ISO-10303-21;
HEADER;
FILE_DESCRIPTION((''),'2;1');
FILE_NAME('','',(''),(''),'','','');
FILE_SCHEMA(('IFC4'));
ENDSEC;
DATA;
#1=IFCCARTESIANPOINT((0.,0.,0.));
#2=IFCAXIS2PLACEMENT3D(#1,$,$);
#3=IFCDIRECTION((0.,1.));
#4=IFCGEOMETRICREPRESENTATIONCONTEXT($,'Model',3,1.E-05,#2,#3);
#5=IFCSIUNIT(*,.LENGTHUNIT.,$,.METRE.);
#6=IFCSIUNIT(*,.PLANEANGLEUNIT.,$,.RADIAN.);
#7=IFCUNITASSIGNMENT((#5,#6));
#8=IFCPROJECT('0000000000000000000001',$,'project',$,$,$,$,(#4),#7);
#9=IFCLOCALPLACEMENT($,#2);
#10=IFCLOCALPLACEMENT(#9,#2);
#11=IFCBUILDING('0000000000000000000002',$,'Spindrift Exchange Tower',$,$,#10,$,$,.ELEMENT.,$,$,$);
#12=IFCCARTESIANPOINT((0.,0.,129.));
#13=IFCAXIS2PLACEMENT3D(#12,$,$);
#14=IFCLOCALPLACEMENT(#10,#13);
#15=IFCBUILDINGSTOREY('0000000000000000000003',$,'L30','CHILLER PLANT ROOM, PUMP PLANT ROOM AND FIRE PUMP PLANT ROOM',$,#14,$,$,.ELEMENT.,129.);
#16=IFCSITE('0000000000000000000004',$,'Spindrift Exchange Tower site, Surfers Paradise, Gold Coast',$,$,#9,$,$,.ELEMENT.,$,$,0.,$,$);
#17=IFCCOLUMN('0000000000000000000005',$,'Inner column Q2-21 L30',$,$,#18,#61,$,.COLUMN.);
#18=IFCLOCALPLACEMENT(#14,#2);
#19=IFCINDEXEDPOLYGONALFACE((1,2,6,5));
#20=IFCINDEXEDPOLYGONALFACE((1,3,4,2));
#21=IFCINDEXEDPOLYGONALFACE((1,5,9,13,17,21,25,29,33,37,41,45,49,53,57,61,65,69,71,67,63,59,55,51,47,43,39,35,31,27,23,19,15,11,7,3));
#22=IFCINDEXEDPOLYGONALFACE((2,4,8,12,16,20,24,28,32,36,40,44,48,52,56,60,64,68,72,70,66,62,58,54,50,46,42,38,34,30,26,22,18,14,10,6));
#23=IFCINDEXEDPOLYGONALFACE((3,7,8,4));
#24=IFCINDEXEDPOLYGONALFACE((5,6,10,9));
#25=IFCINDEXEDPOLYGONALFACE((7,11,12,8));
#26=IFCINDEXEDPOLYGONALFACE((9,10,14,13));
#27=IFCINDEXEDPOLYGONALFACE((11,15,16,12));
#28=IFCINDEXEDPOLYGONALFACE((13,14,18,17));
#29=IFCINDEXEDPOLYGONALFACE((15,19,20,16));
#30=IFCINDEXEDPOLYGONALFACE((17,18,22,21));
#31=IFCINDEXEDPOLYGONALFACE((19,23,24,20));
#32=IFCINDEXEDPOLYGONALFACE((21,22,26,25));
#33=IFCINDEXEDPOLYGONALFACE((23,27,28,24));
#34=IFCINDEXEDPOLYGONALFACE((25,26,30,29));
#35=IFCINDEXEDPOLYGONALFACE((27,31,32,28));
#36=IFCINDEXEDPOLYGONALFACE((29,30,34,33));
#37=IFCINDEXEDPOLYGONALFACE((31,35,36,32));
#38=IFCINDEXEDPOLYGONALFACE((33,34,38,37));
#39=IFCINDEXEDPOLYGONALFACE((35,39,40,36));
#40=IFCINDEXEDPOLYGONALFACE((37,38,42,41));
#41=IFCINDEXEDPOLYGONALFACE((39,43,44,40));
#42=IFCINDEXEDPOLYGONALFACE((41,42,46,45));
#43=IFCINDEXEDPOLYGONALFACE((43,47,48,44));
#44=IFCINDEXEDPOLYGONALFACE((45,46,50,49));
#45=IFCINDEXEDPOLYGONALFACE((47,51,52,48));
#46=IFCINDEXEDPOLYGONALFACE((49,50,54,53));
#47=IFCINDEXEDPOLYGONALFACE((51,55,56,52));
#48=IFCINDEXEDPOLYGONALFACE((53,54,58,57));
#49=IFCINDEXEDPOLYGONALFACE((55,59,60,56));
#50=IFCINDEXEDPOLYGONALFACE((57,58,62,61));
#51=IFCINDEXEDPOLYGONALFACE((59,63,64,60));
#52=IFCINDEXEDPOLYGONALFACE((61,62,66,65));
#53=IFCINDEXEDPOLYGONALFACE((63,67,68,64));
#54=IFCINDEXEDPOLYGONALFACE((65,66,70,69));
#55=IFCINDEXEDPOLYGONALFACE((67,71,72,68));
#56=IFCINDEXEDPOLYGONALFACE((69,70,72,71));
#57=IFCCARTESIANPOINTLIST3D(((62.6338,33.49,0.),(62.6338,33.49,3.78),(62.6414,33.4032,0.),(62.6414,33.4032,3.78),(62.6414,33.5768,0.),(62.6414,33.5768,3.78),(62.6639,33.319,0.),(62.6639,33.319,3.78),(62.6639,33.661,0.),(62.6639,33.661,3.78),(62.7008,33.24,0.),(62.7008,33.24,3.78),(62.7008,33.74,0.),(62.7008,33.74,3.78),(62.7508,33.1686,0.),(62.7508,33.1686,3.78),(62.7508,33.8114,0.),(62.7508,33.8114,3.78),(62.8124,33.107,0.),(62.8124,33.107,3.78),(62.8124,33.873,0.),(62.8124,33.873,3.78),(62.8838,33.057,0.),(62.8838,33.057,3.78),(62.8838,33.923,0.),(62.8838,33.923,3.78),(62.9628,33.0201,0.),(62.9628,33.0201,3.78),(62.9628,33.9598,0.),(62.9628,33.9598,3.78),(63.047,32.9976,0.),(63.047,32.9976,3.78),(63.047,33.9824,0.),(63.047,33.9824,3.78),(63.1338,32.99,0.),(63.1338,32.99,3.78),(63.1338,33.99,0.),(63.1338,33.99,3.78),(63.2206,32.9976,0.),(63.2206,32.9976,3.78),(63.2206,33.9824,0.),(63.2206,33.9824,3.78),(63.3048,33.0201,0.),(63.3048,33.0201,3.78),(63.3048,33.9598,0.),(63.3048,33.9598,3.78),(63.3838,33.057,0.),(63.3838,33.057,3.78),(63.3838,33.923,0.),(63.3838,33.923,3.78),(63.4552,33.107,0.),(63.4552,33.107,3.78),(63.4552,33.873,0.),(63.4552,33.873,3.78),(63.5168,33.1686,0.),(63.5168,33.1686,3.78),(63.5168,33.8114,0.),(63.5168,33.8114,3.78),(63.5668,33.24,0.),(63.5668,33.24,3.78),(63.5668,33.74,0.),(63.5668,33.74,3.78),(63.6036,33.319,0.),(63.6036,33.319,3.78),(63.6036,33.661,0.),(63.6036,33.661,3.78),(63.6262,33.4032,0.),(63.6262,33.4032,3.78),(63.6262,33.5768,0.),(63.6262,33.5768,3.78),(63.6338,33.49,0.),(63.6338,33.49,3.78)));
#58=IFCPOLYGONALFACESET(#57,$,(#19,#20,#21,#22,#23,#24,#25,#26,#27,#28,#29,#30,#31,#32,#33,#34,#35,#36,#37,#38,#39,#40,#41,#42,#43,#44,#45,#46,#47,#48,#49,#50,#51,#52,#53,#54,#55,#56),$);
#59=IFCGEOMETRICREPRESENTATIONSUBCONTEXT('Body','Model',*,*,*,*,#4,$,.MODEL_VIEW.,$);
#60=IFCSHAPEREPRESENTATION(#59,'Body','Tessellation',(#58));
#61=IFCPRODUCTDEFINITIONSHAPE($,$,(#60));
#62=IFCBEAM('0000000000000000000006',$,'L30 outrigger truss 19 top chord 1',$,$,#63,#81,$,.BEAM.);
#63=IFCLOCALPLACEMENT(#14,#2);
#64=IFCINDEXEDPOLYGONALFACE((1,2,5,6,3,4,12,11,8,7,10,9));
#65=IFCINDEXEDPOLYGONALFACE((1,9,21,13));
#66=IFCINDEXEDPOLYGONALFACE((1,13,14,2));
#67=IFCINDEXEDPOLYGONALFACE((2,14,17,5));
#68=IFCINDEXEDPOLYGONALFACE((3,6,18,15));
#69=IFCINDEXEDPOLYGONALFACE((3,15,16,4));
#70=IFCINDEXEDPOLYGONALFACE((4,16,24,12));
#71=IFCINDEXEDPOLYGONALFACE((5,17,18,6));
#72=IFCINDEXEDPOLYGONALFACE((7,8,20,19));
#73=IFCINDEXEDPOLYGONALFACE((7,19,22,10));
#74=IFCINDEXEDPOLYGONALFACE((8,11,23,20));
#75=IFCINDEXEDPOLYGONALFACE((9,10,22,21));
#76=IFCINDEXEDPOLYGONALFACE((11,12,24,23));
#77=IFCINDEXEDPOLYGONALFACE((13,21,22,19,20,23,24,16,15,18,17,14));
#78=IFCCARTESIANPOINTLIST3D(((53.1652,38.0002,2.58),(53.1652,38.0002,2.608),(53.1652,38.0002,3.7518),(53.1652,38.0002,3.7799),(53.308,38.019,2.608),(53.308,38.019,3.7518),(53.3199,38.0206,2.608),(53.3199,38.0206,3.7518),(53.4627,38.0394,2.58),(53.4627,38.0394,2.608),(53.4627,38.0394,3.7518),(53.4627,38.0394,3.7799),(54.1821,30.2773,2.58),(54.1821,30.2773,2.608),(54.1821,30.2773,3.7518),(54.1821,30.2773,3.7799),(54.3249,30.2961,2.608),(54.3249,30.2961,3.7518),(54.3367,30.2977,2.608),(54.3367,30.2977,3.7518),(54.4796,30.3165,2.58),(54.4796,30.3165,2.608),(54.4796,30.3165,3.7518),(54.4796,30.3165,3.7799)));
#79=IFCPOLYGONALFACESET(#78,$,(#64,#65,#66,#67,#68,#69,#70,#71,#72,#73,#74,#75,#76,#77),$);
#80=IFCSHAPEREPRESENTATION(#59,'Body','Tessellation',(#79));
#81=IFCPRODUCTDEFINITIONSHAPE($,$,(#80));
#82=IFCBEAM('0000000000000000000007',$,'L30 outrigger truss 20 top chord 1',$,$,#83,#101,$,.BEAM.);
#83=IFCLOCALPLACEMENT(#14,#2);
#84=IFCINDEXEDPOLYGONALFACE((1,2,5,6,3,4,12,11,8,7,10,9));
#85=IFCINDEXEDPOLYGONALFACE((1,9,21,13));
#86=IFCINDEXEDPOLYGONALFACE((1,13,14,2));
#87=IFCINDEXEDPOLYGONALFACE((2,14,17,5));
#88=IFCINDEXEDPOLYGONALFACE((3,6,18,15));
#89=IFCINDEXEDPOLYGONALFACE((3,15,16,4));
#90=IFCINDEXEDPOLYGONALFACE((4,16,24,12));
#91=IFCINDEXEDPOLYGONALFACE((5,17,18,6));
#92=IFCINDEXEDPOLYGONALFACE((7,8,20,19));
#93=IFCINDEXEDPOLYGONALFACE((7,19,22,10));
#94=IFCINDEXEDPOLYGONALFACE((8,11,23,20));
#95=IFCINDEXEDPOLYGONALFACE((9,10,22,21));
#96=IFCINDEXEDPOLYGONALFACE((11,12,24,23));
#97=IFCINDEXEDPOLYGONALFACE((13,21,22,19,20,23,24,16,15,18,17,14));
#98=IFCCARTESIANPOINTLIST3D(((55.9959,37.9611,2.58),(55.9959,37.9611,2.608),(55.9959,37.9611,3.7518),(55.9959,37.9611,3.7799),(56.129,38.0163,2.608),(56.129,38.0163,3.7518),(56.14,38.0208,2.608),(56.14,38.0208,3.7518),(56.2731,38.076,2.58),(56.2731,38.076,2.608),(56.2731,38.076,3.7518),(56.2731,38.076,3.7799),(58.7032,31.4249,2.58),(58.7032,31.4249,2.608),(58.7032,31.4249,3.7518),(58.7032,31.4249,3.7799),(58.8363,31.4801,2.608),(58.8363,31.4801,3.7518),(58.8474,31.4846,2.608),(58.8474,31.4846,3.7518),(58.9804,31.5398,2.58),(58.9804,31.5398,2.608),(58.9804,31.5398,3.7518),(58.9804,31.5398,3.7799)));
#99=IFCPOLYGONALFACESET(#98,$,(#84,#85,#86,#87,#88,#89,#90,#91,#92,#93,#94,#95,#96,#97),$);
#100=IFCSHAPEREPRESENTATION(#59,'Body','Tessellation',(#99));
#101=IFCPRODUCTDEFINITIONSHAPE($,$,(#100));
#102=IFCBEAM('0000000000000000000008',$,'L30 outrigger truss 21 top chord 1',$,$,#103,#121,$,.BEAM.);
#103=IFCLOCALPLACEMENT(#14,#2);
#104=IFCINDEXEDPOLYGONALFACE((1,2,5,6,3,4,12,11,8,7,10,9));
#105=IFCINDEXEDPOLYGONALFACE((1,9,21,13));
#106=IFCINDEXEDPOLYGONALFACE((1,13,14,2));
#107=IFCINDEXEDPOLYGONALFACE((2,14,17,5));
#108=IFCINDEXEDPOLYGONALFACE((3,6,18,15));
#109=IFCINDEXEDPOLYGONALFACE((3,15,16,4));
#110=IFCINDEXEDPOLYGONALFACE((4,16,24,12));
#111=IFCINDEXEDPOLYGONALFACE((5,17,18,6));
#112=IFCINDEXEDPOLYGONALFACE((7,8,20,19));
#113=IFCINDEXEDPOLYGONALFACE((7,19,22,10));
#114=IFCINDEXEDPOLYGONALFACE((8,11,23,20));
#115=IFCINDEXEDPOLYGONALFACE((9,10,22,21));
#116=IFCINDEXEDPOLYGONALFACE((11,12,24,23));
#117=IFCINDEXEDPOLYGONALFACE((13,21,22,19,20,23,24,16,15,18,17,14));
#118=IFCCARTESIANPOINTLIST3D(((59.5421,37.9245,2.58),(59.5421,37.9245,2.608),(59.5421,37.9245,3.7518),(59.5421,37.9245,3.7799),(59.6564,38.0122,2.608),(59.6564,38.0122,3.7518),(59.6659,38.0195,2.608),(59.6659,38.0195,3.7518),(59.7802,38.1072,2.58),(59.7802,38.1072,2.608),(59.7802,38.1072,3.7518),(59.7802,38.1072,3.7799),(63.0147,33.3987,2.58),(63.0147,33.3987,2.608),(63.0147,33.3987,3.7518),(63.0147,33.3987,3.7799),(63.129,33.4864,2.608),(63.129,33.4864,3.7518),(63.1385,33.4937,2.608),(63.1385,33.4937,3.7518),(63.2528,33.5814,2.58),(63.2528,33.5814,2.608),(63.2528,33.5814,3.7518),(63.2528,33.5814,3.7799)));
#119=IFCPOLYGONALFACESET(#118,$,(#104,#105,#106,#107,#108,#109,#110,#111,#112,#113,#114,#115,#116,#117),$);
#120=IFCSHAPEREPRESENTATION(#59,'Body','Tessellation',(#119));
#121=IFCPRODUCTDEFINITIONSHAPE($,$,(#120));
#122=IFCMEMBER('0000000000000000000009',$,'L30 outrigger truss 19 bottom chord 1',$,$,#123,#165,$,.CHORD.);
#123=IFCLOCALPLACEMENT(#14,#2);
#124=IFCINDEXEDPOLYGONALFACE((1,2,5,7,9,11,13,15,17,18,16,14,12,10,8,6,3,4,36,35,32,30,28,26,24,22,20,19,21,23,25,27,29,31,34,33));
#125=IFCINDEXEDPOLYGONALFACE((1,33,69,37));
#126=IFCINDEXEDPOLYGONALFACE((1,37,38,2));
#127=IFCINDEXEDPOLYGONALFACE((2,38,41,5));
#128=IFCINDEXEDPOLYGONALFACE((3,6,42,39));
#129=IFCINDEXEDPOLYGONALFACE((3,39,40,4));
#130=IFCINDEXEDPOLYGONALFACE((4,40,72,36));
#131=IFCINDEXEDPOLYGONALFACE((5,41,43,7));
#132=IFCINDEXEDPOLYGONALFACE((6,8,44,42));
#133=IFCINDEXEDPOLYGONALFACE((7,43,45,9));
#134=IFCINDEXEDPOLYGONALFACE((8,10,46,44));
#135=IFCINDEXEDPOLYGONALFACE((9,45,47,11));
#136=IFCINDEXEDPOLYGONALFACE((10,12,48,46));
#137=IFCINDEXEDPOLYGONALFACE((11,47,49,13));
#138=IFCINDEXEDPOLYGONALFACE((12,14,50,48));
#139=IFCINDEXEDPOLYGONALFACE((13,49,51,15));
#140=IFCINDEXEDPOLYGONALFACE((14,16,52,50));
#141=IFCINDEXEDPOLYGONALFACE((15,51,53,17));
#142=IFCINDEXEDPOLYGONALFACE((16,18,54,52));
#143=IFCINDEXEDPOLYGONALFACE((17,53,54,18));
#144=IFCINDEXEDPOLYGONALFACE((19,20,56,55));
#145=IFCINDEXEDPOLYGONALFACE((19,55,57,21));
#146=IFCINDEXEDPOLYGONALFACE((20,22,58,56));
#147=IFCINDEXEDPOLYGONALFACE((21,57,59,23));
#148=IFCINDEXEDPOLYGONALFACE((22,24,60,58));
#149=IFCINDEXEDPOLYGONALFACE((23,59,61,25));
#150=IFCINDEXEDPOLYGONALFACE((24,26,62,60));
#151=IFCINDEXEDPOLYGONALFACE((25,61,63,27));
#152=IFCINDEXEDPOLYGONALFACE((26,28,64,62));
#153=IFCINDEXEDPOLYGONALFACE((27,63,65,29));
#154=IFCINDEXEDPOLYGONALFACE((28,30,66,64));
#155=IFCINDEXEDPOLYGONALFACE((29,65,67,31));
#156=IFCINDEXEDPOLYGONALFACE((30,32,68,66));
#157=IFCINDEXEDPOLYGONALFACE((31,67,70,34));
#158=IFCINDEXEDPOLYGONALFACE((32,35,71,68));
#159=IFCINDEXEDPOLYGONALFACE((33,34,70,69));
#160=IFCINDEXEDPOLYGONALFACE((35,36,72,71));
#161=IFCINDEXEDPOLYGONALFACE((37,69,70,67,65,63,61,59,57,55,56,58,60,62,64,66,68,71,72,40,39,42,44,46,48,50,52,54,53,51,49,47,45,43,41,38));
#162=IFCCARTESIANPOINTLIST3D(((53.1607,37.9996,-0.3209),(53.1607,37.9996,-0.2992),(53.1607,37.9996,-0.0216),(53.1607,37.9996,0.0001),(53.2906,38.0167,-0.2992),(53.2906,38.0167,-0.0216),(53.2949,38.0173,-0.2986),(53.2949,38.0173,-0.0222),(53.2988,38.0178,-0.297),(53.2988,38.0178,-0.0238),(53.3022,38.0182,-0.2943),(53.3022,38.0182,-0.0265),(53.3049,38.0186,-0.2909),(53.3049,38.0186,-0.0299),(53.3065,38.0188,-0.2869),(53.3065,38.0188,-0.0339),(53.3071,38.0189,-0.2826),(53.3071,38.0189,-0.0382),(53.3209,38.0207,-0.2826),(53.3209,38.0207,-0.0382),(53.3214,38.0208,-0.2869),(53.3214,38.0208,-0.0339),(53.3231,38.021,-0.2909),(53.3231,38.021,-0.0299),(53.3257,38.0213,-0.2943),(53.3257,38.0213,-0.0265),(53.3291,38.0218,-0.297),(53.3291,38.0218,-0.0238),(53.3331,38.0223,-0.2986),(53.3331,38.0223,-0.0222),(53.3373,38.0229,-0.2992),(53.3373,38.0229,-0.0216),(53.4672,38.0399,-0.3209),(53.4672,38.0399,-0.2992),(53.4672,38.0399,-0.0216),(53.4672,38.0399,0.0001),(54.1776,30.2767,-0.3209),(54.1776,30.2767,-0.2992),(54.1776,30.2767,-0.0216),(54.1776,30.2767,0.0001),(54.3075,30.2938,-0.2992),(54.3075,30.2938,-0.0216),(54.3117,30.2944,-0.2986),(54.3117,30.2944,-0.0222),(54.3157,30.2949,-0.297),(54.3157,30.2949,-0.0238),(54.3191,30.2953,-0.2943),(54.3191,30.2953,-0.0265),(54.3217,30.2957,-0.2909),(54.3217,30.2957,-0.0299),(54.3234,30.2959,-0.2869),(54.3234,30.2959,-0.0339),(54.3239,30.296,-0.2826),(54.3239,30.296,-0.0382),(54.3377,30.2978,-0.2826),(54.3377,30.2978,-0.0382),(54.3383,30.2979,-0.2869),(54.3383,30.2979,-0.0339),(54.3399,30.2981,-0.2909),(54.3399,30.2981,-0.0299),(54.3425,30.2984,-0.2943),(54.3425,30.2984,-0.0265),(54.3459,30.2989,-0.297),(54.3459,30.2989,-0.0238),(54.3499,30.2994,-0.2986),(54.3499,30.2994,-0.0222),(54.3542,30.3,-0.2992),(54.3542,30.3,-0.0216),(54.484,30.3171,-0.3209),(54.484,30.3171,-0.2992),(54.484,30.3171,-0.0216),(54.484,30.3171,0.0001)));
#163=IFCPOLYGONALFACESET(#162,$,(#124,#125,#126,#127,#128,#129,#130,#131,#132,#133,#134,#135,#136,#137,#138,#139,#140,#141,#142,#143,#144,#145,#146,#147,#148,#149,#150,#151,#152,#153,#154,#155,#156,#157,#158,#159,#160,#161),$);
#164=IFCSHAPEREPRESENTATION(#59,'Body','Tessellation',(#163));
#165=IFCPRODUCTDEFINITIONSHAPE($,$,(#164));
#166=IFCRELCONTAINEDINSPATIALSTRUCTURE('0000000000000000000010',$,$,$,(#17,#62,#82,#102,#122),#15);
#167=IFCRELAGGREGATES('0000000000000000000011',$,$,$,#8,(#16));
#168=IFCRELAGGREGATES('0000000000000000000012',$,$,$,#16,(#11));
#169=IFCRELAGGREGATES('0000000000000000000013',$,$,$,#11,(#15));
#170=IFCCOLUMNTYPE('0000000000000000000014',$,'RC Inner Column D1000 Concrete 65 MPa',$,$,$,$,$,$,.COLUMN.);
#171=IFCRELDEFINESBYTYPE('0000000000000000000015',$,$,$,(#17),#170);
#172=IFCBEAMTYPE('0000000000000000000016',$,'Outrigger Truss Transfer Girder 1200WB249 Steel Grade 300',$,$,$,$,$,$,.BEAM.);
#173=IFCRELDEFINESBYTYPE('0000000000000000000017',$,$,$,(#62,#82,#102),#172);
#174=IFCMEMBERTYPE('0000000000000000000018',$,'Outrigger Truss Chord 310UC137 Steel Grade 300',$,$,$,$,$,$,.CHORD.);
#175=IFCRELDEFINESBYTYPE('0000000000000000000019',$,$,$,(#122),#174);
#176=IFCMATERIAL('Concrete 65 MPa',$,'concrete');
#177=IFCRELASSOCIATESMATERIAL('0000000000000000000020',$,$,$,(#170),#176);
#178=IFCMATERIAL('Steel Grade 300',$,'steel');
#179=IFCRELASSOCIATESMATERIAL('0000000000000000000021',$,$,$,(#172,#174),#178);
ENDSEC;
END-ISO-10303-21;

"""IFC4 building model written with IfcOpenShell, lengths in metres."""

from ifc_helpers import new_model, si_unit, direction, frame, origin, origin_2d, place, context, subcontext, project, spatial, circle, i_section, extrude, source, transform, mapped, material, material_profile, profile_set, type_object, element, save


model = new_model("IFC4")

# Units and contexts
model_context = context("Model", 3, precision=1e-05, world=origin(), true_north=direction((0.0, 1.0)))
body_context = subcontext(model_context, "Body", "Model", "MODEL_VIEW")
ifc_project = project(units=[si_unit("LENGTHUNIT", "METRE"), si_unit("PLANEANGLEUNIT", "RADIAN")], contexts=[model_context])

# Site, building, storey
site_placement = place(None, origin())
site = spatial("IfcSite", under=ifc_project, at=site_placement, Name="Spindrift Exchange Tower site, Surfers Paradise, Gold Coast", CompositionType="ELEMENT", RefElevation=0.0)
building_placement = place(site_placement, origin())
building = spatial("IfcBuilding", under=site, at=building_placement, Name="Spindrift Exchange Tower", CompositionType="ELEMENT")
storey_placement = place(building_placement, frame((0.0, 0.0, 129.0)))
storey = spatial("IfcBuildingStorey", under=building, at=storey_placement, Name="L30", Description="CHILLER PLANT ROOM, PUMP PLANT ROOM AND FIRE PUMP PLANT ROOM", CompositionType="ELEMENT", Elevation=129.0)

# Column
ifc_material_1 = material(Name="Concrete 65 MPa", Category="concrete")
ifc_material_profile_1 = material_profile(ifc_material_1, circle(Radius=0.5, at=origin_2d()), Name="RC D1000")
ifc_profile_set_1 = profile_set([ifc_material_profile_1], Name="Concrete 65 MPa")
column_type = type_object("IfcColumnType", Name="RC Inner Column D1000 Concrete 65 MPa", PredefinedType="COLUMN", material=ifc_profile_set_1)
shared_shape_1 = source(origin(), body_context, "Body", "SweptSolid", [
    extrude(circle(Radius=0.5, at=origin_2d()), origin(), (0.0, 0.0, 1.0), 3.78),
])
column_placement = place(storey_placement, frame((63.1338, 33.49, 0.0), z_axis=(0.0, 0.0, 1.0), x_axis=(1.0, 0.0, 0.0)))
element("IfcColumn", 1, at=column_placement, inside=storey, type_object=column_type, Name="Inner column Q2-21 L30", PredefinedType="COLUMN", context=body_context, shape_type="MappedRepresentation", body=[
    mapped(shared_shape_1, transform((0.0, 0.0, 0.0), scale=1.0)),
])

# Beams
ifc_material_2 = material(Name="Steel Grade 300", Category="steel")
ifc_material_profile_2 = material_profile(ifc_material_2, i_section(OverallWidth=0.3, OverallDepth=1.2, WebThickness=0.012, FlangeThickness=0.0281, at=origin_2d()), Name="1200WB249")
ifc_profile_set_2 = profile_set([ifc_material_profile_2], Name="Steel Grade 300")
beam_type = type_object("IfcBeamType", Name="Outrigger Truss Transfer Girder 1200WB249 Steel Grade 300", PredefinedType="BEAM", material=ifc_profile_set_2)
shared_shape_2 = source(origin(), body_context, "Body", "SweptSolid", [
    extrude(i_section(OverallWidth=0.3, OverallDepth=1.2, WebThickness=0.012, FlangeThickness=0.0281, at=origin_2d()), origin(), (0.0, 0.0, 1.0), 7.7896),
])
beam_1_placement = place(storey_placement, frame((53.314, 38.0198, 3.1799), z_axis=(0.13054, -0.991443, 0.0), x_axis=(0.991443, 0.13054, 0.0)))
element("IfcBeam", 2, at=beam_1_placement, inside=storey, type_object=beam_type, Name="L30 outrigger truss 19 top chord 1", PredefinedType="BEAM", context=body_context, shape_type="MappedRepresentation", body=[
    mapped(shared_shape_2, transform((0.0, 0.0, 0.0), scale=1.0)),
])
shared_shape_3 = source(origin(), body_context, "Body", "SweptSolid", [
    extrude(i_section(OverallWidth=0.3, OverallDepth=1.2, WebThickness=0.012, FlangeThickness=0.0281, at=origin_2d()), origin(), (0.0, 0.0, 1.0), 7.0747),
])
beam_2_placement = place(storey_placement, frame((56.1345, 38.0186, 3.1799), z_axis=(0.382674, -0.923884, 0.0), x_axis=(0.923884, 0.382674, 0.0)))
element("IfcBeam", 3, at=beam_2_placement, inside=storey, type_object=beam_type, Name="L30 outrigger truss 20 top chord 1", PredefinedType="BEAM", context=body_context, shape_type="MappedRepresentation", body=[
    mapped(shared_shape_3, transform((0.0, 0.0, 0.0), scale=1.0)),
])
shared_shape_4 = source(origin(), body_context, "Body", "SweptSolid", [
    extrude(i_section(OverallWidth=0.3, OverallDepth=1.2, WebThickness=0.012, FlangeThickness=0.0281, at=origin_2d()), origin(), (0.0, 0.0, 1.0), 5.7046),
])
beam_3_placement = place(storey_placement, frame((59.6611, 38.0159, 3.1799), z_axis=(0.608742, -0.793368, 0.0), x_axis=(0.793368, 0.608742, 0.0)))
element("IfcBeam", 4, at=beam_3_placement, inside=storey, type_object=beam_type, Name="L30 outrigger truss 21 top chord 1", PredefinedType="BEAM", context=body_context, shape_type="MappedRepresentation", body=[
    mapped(shared_shape_4, transform((0.0, 0.0, 0.0), scale=1.0)),
])

# Member
ifc_material_profile_3 = material_profile(ifc_material_2, i_section(OverallWidth=0.3091, OverallDepth=0.321, WebThickness=0.0139, FlangeThickness=0.0217, FilletRadius=0.0166, at=origin_2d()), Name="310UC137")
ifc_profile_set_3 = profile_set([ifc_material_profile_3], Name="Steel Grade 300")
member_type_1 = type_object("IfcMemberType", Name="Outrigger Truss Chord 310UC137 Steel Grade 300", PredefinedType="CHORD", material=ifc_profile_set_3)
shared_shape_5 = source(origin(), body_context, "Body", "SweptSolid", [
    extrude(i_section(OverallWidth=0.3091, OverallDepth=0.321, WebThickness=0.0139, FlangeThickness=0.0217, FilletRadius=0.0166, at=origin_2d()), origin(), (0.0, 0.0, 1.0), 7.7896),
])
member_1_placement = place(storey_placement, frame((53.314, 38.0198, -0.1604), z_axis=(0.13054, -0.991443, 0.0), x_axis=(0.991443, 0.13054, 0.0)))
element("IfcMember", 5, at=member_1_placement, inside=storey, type_object=member_type_1, Name="L30 outrigger truss 19 bottom chord 1", PredefinedType="CHORD", context=body_context, shape_type="MappedRepresentation", body=[
    mapped(shared_shape_5, transform((0.0, 0.0, 0.0), scale=1.0)),
])

save(model, "model.ifc")
